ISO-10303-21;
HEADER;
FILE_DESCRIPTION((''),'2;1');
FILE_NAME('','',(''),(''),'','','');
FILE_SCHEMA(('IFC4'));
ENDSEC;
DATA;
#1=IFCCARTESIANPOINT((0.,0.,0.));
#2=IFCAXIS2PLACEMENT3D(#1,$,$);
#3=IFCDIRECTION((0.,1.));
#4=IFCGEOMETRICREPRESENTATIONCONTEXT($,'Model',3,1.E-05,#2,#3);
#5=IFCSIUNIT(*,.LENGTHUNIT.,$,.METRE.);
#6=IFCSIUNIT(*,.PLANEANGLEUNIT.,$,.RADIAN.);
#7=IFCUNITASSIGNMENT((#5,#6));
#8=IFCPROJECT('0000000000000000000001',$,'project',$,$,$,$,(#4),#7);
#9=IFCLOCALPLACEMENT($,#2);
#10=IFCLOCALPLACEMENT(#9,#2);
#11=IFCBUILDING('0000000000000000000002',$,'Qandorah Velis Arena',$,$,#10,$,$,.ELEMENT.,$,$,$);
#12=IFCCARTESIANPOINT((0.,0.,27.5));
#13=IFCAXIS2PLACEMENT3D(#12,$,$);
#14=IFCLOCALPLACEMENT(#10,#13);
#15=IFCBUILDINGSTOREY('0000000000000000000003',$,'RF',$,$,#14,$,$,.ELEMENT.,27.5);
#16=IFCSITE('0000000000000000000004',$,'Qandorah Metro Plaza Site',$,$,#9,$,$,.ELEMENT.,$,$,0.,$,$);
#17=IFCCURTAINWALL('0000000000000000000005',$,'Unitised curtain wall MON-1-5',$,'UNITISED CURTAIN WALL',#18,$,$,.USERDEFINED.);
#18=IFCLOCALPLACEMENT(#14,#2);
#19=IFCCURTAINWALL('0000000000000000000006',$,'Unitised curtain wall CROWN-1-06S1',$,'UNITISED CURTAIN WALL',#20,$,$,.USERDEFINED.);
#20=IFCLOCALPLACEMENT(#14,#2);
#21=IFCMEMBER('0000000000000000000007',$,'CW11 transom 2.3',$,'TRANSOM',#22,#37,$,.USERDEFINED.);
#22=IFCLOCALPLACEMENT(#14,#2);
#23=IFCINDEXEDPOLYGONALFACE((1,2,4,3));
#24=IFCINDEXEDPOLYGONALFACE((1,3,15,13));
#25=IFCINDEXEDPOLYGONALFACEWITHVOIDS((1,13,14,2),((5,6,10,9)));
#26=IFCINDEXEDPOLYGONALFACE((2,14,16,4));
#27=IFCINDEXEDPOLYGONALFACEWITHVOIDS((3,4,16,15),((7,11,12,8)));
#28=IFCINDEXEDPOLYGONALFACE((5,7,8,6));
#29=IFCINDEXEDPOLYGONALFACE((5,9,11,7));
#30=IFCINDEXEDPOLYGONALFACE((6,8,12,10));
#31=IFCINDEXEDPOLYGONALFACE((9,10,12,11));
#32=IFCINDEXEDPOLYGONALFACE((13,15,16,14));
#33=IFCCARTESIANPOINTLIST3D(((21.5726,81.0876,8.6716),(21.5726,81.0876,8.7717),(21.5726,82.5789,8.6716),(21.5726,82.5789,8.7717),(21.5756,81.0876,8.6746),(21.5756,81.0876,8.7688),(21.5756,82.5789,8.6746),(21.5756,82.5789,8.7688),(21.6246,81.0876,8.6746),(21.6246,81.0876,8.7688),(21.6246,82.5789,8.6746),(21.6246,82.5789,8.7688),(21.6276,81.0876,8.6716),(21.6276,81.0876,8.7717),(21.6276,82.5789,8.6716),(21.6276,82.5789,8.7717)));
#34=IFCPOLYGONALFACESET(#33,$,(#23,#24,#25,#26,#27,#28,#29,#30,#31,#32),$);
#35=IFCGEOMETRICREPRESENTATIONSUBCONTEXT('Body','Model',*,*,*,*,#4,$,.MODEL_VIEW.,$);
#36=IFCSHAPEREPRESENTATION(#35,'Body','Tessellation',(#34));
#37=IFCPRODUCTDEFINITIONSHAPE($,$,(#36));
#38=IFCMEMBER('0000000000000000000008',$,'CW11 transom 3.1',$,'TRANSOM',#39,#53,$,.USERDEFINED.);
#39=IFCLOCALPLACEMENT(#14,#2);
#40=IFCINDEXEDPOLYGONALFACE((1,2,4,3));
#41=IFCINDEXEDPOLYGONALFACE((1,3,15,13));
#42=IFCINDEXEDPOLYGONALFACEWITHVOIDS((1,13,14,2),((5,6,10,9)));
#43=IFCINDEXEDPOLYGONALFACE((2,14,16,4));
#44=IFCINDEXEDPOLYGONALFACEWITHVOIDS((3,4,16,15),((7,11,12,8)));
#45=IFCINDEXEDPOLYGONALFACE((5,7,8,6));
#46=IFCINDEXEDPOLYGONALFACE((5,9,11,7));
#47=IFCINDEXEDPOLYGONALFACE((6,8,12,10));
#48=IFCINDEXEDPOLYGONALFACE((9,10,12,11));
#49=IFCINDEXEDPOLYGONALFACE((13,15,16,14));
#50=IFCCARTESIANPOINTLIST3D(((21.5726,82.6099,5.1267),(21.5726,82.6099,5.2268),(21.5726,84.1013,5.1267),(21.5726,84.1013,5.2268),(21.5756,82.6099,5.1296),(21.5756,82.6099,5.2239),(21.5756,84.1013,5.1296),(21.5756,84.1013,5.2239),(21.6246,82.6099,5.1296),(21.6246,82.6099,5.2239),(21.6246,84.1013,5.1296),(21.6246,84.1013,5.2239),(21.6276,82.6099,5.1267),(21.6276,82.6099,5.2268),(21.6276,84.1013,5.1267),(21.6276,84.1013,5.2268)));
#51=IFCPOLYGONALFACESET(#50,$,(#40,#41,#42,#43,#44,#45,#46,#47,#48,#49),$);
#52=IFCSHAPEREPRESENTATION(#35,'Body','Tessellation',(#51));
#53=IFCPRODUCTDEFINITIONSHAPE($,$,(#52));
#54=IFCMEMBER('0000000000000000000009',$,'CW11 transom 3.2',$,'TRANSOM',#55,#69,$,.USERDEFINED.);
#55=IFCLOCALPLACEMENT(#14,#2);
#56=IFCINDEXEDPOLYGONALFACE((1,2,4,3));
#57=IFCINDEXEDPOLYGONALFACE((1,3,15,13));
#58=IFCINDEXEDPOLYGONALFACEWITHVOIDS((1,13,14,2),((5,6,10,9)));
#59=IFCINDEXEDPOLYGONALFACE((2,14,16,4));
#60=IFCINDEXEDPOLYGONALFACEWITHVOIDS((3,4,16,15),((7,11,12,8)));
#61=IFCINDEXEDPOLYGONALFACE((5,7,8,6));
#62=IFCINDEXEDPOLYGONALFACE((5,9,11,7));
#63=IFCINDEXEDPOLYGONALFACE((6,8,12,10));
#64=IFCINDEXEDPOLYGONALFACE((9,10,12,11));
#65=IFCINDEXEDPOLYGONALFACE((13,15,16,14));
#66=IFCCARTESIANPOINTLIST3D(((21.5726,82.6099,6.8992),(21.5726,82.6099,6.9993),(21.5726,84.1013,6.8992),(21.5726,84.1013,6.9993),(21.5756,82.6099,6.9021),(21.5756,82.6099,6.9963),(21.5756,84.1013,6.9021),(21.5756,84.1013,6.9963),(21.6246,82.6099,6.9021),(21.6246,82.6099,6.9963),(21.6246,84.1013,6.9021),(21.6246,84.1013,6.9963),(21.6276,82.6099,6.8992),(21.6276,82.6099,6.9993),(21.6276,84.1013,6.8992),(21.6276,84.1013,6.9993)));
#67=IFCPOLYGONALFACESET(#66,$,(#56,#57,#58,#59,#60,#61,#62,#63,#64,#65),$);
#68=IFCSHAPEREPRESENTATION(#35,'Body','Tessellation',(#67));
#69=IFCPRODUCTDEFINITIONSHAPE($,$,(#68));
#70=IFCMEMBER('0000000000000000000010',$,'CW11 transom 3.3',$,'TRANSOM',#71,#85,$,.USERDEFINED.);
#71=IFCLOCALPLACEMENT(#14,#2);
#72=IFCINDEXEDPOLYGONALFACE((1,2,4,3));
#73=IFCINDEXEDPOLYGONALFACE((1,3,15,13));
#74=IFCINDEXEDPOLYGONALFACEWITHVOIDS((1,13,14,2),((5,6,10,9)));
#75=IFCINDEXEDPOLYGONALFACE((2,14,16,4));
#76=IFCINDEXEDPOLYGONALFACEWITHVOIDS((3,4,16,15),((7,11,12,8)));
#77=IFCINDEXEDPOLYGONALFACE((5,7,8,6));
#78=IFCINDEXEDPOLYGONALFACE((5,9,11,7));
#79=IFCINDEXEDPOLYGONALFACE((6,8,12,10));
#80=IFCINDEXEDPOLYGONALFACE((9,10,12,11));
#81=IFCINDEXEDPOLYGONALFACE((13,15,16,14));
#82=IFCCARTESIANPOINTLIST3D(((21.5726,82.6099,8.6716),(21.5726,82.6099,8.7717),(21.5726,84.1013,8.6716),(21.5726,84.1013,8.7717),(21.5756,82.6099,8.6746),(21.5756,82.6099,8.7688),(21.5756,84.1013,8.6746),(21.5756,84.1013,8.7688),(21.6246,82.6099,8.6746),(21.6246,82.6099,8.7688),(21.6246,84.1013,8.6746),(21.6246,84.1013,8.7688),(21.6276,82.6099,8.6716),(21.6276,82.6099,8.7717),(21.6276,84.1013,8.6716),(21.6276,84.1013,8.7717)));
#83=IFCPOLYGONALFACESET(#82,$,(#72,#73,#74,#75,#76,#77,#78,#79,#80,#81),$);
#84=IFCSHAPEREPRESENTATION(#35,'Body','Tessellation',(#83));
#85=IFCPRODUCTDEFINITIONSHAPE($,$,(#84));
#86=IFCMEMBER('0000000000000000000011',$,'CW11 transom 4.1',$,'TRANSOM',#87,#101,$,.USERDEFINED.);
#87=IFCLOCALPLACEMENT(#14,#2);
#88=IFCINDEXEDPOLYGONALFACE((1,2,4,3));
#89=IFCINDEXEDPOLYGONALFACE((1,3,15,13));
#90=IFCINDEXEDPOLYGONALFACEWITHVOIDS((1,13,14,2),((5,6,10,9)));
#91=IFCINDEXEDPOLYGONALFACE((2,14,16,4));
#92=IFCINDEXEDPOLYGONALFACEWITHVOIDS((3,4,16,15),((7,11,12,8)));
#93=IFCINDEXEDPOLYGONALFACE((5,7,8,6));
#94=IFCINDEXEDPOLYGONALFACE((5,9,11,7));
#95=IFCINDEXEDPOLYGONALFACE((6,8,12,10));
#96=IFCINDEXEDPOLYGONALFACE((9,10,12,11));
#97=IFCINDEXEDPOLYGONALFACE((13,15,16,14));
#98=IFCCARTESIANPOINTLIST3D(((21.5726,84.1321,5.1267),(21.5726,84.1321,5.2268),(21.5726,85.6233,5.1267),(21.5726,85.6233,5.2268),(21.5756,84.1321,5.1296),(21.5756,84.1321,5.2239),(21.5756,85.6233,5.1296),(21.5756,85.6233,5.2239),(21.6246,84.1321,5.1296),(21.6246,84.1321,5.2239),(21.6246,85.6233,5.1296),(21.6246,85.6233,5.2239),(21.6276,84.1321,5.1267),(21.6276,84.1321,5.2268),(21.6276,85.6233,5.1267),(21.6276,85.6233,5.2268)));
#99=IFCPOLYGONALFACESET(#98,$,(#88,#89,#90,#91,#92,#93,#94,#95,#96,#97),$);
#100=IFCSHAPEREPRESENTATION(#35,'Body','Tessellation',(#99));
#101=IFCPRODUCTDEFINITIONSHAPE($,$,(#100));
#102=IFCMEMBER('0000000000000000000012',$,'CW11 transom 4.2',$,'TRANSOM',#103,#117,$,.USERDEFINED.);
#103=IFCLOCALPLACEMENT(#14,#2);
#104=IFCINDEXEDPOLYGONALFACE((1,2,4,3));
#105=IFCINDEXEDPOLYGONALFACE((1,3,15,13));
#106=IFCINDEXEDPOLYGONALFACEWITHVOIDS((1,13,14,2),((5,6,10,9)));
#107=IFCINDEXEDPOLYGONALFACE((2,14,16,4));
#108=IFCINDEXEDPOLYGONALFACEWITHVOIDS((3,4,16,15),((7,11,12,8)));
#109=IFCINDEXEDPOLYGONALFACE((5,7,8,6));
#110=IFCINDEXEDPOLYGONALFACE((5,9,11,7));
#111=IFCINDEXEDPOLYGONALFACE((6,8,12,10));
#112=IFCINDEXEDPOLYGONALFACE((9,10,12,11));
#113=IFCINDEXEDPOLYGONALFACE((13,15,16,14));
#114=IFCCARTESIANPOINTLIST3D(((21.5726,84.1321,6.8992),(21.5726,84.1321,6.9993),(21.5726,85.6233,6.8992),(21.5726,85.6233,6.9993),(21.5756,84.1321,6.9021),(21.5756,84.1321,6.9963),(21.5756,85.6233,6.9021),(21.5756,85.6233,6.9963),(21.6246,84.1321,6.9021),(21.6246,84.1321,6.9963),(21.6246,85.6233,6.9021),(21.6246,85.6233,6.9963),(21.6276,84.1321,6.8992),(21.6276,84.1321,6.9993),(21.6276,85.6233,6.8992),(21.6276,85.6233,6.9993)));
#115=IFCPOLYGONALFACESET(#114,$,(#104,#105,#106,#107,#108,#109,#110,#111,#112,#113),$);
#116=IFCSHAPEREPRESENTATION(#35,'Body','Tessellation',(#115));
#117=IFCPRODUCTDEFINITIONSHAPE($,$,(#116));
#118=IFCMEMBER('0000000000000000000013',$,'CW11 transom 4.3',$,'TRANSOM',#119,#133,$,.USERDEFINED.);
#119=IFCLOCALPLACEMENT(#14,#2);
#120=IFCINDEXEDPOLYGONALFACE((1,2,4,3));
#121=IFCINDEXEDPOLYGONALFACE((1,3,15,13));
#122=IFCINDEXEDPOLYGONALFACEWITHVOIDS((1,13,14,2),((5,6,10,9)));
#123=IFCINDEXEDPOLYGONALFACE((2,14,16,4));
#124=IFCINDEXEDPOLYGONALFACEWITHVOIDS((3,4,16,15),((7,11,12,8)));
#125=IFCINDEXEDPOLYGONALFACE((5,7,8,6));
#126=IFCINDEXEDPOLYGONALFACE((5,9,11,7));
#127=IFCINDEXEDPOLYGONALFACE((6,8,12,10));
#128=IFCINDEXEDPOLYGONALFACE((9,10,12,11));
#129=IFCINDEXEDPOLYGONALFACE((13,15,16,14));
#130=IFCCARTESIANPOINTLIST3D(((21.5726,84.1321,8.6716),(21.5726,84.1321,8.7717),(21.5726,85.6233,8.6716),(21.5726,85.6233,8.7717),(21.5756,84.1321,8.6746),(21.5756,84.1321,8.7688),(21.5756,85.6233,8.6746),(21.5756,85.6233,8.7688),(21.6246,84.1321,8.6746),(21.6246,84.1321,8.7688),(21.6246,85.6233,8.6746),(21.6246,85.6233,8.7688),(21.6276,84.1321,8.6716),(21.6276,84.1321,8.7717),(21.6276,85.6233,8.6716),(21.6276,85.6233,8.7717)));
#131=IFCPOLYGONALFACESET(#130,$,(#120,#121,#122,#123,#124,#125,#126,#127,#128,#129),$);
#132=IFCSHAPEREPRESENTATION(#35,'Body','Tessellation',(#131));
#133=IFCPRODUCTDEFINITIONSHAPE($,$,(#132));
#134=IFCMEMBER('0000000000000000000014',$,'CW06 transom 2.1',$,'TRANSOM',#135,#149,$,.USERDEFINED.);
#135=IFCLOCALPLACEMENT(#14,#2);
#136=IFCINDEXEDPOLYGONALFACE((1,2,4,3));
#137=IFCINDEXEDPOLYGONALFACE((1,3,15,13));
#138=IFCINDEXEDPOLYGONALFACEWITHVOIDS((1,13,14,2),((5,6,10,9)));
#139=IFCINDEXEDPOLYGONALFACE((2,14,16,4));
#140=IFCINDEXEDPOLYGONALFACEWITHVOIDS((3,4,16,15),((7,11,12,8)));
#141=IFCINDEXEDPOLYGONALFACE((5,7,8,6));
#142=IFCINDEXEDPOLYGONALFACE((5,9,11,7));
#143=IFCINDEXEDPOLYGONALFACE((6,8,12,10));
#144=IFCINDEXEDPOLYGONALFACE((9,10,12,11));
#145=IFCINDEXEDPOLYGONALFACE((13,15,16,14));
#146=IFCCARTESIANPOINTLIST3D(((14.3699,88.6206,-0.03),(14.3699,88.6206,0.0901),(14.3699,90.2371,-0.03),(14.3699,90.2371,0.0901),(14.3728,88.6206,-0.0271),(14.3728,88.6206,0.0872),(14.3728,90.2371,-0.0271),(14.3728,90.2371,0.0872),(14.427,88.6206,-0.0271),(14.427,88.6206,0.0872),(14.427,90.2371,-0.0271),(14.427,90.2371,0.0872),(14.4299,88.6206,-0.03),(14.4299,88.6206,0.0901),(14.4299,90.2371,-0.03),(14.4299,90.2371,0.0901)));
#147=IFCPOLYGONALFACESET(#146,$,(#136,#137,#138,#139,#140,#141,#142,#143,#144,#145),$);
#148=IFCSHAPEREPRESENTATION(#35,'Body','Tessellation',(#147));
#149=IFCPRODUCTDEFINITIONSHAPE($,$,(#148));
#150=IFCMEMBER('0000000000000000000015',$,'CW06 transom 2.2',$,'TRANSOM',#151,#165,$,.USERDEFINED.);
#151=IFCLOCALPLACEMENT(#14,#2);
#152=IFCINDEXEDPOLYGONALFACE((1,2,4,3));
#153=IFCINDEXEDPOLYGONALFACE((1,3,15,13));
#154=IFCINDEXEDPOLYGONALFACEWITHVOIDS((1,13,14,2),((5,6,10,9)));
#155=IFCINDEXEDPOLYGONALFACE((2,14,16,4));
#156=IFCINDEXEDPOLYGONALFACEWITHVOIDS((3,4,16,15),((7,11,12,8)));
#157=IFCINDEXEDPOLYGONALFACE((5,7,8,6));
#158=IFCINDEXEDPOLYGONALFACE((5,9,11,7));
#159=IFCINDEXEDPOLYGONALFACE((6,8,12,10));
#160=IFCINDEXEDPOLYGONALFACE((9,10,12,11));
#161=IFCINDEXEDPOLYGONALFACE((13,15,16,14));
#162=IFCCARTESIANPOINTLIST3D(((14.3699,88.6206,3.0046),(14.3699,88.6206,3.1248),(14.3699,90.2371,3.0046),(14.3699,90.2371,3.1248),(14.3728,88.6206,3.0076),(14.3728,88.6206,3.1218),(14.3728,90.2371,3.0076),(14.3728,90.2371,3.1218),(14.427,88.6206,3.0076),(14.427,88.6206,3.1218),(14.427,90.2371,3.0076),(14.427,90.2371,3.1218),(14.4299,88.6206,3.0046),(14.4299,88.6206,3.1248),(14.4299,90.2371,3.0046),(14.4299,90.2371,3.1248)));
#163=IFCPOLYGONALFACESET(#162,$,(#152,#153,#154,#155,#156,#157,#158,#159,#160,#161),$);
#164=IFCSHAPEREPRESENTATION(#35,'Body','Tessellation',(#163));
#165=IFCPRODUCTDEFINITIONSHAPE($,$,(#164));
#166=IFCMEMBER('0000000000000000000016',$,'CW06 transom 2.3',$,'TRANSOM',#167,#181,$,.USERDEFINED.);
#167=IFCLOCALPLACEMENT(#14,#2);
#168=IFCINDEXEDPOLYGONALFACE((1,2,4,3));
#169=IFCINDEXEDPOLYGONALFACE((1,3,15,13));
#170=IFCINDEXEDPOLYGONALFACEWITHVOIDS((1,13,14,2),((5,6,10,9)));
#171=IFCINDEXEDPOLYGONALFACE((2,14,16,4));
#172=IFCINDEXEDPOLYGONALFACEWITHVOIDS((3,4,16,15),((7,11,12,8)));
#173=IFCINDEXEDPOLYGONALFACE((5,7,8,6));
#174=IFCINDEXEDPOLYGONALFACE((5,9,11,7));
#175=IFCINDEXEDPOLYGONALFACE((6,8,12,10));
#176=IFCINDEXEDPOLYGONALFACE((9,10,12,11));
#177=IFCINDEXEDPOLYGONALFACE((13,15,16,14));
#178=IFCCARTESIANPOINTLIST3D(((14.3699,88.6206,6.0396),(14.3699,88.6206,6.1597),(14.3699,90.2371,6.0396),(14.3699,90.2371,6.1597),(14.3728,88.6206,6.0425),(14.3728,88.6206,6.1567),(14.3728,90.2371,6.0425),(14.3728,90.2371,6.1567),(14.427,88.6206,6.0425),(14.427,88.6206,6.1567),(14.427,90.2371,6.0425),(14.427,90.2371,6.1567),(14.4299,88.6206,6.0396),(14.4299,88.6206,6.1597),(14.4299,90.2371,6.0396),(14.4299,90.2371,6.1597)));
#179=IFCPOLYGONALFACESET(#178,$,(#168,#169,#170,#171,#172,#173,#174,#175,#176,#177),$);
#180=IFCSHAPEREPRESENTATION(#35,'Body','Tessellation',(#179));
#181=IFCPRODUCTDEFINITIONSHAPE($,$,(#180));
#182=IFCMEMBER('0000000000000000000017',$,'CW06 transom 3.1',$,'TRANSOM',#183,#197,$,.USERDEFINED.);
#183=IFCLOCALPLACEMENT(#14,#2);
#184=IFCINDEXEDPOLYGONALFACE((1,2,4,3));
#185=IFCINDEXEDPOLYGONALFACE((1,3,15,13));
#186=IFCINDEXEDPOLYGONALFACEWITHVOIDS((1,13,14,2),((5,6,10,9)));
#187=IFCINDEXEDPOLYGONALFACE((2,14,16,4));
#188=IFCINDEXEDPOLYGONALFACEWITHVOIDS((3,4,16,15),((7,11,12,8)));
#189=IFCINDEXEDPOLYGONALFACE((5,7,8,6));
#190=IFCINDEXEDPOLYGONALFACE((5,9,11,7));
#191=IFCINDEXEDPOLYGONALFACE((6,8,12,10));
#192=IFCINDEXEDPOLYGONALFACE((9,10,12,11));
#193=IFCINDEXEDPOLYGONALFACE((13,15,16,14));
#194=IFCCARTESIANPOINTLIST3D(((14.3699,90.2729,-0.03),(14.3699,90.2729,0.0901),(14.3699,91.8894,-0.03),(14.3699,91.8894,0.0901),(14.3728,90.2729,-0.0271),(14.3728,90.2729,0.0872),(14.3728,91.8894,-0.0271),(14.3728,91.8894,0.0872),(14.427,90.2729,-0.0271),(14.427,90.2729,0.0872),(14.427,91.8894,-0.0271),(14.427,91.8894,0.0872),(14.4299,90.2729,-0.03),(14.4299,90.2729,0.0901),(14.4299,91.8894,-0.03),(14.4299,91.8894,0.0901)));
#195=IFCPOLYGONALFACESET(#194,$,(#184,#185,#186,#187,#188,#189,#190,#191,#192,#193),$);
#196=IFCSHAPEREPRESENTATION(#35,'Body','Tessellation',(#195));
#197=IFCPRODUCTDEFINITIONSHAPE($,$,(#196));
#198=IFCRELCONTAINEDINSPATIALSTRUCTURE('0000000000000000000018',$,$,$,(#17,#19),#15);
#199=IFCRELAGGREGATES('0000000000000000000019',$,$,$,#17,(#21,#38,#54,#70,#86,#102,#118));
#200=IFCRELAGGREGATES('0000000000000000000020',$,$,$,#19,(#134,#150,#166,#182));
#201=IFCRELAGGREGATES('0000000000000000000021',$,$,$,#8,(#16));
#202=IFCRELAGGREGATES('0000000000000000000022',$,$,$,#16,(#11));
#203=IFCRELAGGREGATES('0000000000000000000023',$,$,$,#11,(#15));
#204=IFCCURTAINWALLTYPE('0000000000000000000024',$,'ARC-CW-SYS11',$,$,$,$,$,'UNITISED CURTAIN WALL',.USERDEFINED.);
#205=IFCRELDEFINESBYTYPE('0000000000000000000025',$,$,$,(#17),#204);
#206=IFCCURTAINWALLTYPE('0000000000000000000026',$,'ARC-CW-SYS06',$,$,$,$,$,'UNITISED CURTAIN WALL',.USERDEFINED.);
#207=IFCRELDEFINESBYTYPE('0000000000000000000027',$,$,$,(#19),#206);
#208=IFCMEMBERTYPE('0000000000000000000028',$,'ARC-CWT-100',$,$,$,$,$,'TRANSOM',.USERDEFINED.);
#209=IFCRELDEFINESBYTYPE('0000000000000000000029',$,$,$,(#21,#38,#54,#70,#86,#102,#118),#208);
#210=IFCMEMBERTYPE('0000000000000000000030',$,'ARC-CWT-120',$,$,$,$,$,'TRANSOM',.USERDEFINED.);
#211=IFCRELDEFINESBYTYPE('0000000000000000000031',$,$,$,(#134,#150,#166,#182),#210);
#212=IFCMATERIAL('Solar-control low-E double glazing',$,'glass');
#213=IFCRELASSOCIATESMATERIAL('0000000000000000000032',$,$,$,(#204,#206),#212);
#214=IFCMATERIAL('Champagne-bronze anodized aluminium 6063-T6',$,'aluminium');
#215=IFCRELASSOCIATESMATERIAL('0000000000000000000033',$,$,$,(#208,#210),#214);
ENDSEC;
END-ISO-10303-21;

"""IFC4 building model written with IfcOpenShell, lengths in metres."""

from ifc_helpers import new_model, si_unit, direction, frame, origin, origin_2d, place, context, subcontext, project, spatial, hollow_rectangle, extrude, material, material_profile, profile_set, type_object, element, aggregate, save


model = new_model("IFC4")

# Units and contexts
model_context = context("Model", 3, precision=1e-05, world=origin(), true_north=direction((0.0, 1.0)))
body_context = subcontext(model_context, "Body", "Model", "MODEL_VIEW")
ifc_project = project(units=[si_unit("LENGTHUNIT", "METRE"), si_unit("PLANEANGLEUNIT", "RADIAN")], contexts=[model_context])

# Site, building, storey
site_placement = place(None, origin())
site = spatial("IfcSite", under=ifc_project, at=site_placement, Name="Qandorah Metro Plaza Site", CompositionType="ELEMENT", RefElevation=0.0)
building_placement = place(site_placement, origin())
building = spatial("IfcBuilding", under=site, at=building_placement, Name="Qandorah Velis Arena", CompositionType="ELEMENT")
storey_placement = place(building_placement, frame((0.0, 0.0, 27.5)))
storey = spatial("IfcBuildingStorey", under=building, at=storey_placement, Name="RF", CompositionType="ELEMENT", Elevation=27.5)

# Curtain walls
ifc_material_1 = material(Name="Solar-control low-E double glazing", Category="glass")
curtain_wall_type_1 = type_object("IfcCurtainWallType", Name="ARC-CW-SYS11", ElementType="UNITISED CURTAIN WALL", PredefinedType="USERDEFINED", material=ifc_material_1)
curtain_wall_1_placement = place(storey_placement, origin())
curtain_wall_1 = element("IfcCurtainWall", 1, at=curtain_wall_1_placement, inside=storey, type_object=curtain_wall_type_1, Name="Unitised curtain wall MON-1-5", ObjectType="UNITISED CURTAIN WALL", PredefinedType="USERDEFINED")
ifc_material_2 = material(Name="Champagne-bronze anodized aluminium 6063-T6", Category="aluminium")
curtain_wall_type_2 = type_object("IfcCurtainWallType", Name="ARC-CW-SYS06", ElementType="UNITISED CURTAIN WALL", PredefinedType="USERDEFINED", material=ifc_material_1)
curtain_wall_2_placement = place(storey_placement, origin())
curtain_wall_2 = element("IfcCurtainWall", 2, at=curtain_wall_2_placement, inside=storey, type_object=curtain_wall_type_2, Name="Unitised curtain wall CROWN-1-06S1", ObjectType="UNITISED CURTAIN WALL", PredefinedType="USERDEFINED")

# Members
ifc_material_profile_1 = material_profile(ifc_material_2, hollow_rectangle(XDim=0.0549, YDim=0.1001, WallThickness=0.0029, at=origin_2d()), Name="ALU TRANSOM 55x100")
ifc_profile_set_1 = profile_set([ifc_material_profile_1], Name="Champagne-bronze anodized aluminium 6063-T6")
member_type_1 = type_object("IfcMemberType", Name="ARC-CWT-100", ElementType="TRANSOM", PredefinedType="USERDEFINED", material=ifc_profile_set_1)
member_1_placement = place(storey_placement, frame((21.6001, 81.0876, 8.7217), z_axis=(0.0, 1.0, 0.0), x_axis=(-1.0, 0.0, 0.0)))
member_1 = element("IfcMember", 3, at=member_1_placement, type_object=member_type_1, Name="CW11 transom 2.3", ObjectType="TRANSOM", PredefinedType="USERDEFINED", context=body_context, shape_type="SweptSolid", body=[
    extrude(hollow_rectangle(XDim=0.0549, YDim=0.1001, WallThickness=0.0029, at=origin_2d()), origin(), (0.0, 0.0, 1.0), 1.4912),
])
member_2_placement = place(storey_placement, frame((21.6001, 82.6099, 5.1768), z_axis=(0.0, 1.0, 0.0), x_axis=(-1.0, 0.0, 0.0)))
member_2 = element("IfcMember", 4, at=member_2_placement, type_object=member_type_1, Name="CW11 transom 3.1", ObjectType="TRANSOM", PredefinedType="USERDEFINED", context=body_context, shape_type="SweptSolid", body=[
    extrude(hollow_rectangle(XDim=0.0549, YDim=0.1001, WallThickness=0.0029, at=origin_2d()), origin(), (0.0, 0.0, 1.0), 1.4915),
])
member_3_placement = place(storey_placement, frame((21.6001, 82.6099, 6.9492), z_axis=(0.0, 1.0, 0.0), x_axis=(-1.0, 0.0, 0.0)))
member_3 = element("IfcMember", 5, at=member_3_placement, type_object=member_type_1, Name="CW11 transom 3.2", ObjectType="TRANSOM", PredefinedType="USERDEFINED", context=body_context, shape_type="SweptSolid", body=[
    extrude(hollow_rectangle(XDim=0.0549, YDim=0.1001, WallThickness=0.0029, at=origin_2d()), origin(), (0.0, 0.0, 1.0), 1.4915),
])
member_4_placement = place(storey_placement, frame((21.6001, 82.6099, 8.7217), z_axis=(0.0, 1.0, 0.0), x_axis=(-1.0, 0.0, 0.0)))
member_4 = element("IfcMember", 6, at=member_4_placement, type_object=member_type_1, Name="CW11 transom 3.3", ObjectType="TRANSOM", PredefinedType="USERDEFINED", context=body_context, shape_type="SweptSolid", body=[
    extrude(hollow_rectangle(XDim=0.0549, YDim=0.1001, WallThickness=0.0029, at=origin_2d()), origin(), (0.0, 0.0, 1.0), 1.4915),
])
member_5_placement = place(storey_placement, frame((21.6001, 84.1321, 5.1768), z_axis=(0.0, 1.0, 0.0), x_axis=(-1.0, 0.0, 0.0)))
member_5 = element("IfcMember", 7, at=member_5_placement, type_object=member_type_1, Name="CW11 transom 4.1", ObjectType="TRANSOM", PredefinedType="USERDEFINED", context=body_context, shape_type="SweptSolid", body=[
    extrude(hollow_rectangle(XDim=0.0549, YDim=0.1001, WallThickness=0.0029, at=origin_2d()), origin(), (0.0, 0.0, 1.0), 1.4912),
])
member_6_placement = place(storey_placement, frame((21.6001, 84.1321, 6.9492), z_axis=(0.0, 1.0, 0.0), x_axis=(-1.0, 0.0, 0.0)))
member_6 = element("IfcMember", 8, at=member_6_placement, type_object=member_type_1, Name="CW11 transom 4.2", ObjectType="TRANSOM", PredefinedType="USERDEFINED", context=body_context, shape_type="SweptSolid", body=[
    extrude(hollow_rectangle(XDim=0.0549, YDim=0.1001, WallThickness=0.0029, at=origin_2d()), origin(), (0.0, 0.0, 1.0), 1.4912),
])
member_7_placement = place(storey_placement, frame((21.6001, 84.1321, 8.7217), z_axis=(0.0, 1.0, 0.0), x_axis=(-1.0, 0.0, 0.0)))
member_7 = element("IfcMember", 9, at=member_7_placement, type_object=member_type_1, Name="CW11 transom 4.3", ObjectType="TRANSOM", PredefinedType="USERDEFINED", context=body_context, shape_type="SweptSolid", body=[
    extrude(hollow_rectangle(XDim=0.0549, YDim=0.1001, WallThickness=0.0029, at=origin_2d()), origin(), (0.0, 0.0, 1.0), 1.4912),
])
ifc_material_profile_2 = material_profile(ifc_material_2, hollow_rectangle(XDim=0.0601, YDim=0.1201, WallThickness=0.0029, at=origin_2d()), Name="ALU TRANSOM 60x120")
ifc_profile_set_2 = profile_set([ifc_material_profile_2], Name="Champagne-bronze anodized aluminium 6063-T6")
member_type_2 = type_object("IfcMemberType", Name="ARC-CWT-120", ElementType="TRANSOM", PredefinedType="USERDEFINED", material=ifc_profile_set_2)
member_8_placement = place(storey_placement, frame((14.3999, 88.6206, 0.03), z_axis=(0.0, 1.0, 0.0), x_axis=(-1.0, 0.0, 0.0)))
member_8 = element("IfcMember", 10, at=member_8_placement, type_object=member_type_2, Name="CW06 transom 2.1", ObjectType="TRANSOM", PredefinedType="USERDEFINED", context=body_context, shape_type="SweptSolid", body=[
    extrude(hollow_rectangle(XDim=0.0601, YDim=0.1201, WallThickness=0.0029, at=origin_2d()), origin(), (0.0, 0.0, 1.0), 1.6165),
])
member_9_placement = place(storey_placement, frame((14.3999, 88.6206, 3.0647), z_axis=(0.0, 1.0, 0.0), x_axis=(-1.0, 0.0, 0.0)))
member_9 = element("IfcMember", 11, at=member_9_placement, type_object=member_type_2, Name="CW06 transom 2.2", ObjectType="TRANSOM", PredefinedType="USERDEFINED", context=body_context, shape_type="SweptSolid", body=[
    extrude(hollow_rectangle(XDim=0.0601, YDim=0.1201, WallThickness=0.0029, at=origin_2d()), origin(), (0.0, 0.0, 1.0), 1.6165),
])
member_10_placement = place(storey_placement, frame((14.3999, 88.6206, 6.0996), z_axis=(0.0, 1.0, 0.0), x_axis=(-1.0, 0.0, 0.0)))
member_10 = element("IfcMember", 12, at=member_10_placement, type_object=member_type_2, Name="CW06 transom 2.3", ObjectType="TRANSOM", PredefinedType="USERDEFINED", context=body_context, shape_type="SweptSolid", body=[
    extrude(hollow_rectangle(XDim=0.0601, YDim=0.1201, WallThickness=0.0029, at=origin_2d()), origin(), (0.0, 0.0, 1.0), 1.6165),
])
member_11_placement = place(storey_placement, frame((14.3999, 90.2729, 0.03), z_axis=(0.0, 1.0, 0.0), x_axis=(-1.0, 0.0, 0.0)))
member_11 = element("IfcMember", 13, at=member_11_placement, type_object=member_type_2, Name="CW06 transom 3.1", ObjectType="TRANSOM", PredefinedType="USERDEFINED", context=body_context, shape_type="SweptSolid", body=[
    extrude(hollow_rectangle(XDim=0.0601, YDim=0.1201, WallThickness=0.0029, at=origin_2d()), origin(), (0.0, 0.0, 1.0), 1.6165),
])

aggregate(curtain_wall_1, [member_1, member_2, member_3, member_4, member_5, member_6, member_7])
aggregate(curtain_wall_2, [member_8, member_9, member_10, member_11])

save(model, "model.ifc")
